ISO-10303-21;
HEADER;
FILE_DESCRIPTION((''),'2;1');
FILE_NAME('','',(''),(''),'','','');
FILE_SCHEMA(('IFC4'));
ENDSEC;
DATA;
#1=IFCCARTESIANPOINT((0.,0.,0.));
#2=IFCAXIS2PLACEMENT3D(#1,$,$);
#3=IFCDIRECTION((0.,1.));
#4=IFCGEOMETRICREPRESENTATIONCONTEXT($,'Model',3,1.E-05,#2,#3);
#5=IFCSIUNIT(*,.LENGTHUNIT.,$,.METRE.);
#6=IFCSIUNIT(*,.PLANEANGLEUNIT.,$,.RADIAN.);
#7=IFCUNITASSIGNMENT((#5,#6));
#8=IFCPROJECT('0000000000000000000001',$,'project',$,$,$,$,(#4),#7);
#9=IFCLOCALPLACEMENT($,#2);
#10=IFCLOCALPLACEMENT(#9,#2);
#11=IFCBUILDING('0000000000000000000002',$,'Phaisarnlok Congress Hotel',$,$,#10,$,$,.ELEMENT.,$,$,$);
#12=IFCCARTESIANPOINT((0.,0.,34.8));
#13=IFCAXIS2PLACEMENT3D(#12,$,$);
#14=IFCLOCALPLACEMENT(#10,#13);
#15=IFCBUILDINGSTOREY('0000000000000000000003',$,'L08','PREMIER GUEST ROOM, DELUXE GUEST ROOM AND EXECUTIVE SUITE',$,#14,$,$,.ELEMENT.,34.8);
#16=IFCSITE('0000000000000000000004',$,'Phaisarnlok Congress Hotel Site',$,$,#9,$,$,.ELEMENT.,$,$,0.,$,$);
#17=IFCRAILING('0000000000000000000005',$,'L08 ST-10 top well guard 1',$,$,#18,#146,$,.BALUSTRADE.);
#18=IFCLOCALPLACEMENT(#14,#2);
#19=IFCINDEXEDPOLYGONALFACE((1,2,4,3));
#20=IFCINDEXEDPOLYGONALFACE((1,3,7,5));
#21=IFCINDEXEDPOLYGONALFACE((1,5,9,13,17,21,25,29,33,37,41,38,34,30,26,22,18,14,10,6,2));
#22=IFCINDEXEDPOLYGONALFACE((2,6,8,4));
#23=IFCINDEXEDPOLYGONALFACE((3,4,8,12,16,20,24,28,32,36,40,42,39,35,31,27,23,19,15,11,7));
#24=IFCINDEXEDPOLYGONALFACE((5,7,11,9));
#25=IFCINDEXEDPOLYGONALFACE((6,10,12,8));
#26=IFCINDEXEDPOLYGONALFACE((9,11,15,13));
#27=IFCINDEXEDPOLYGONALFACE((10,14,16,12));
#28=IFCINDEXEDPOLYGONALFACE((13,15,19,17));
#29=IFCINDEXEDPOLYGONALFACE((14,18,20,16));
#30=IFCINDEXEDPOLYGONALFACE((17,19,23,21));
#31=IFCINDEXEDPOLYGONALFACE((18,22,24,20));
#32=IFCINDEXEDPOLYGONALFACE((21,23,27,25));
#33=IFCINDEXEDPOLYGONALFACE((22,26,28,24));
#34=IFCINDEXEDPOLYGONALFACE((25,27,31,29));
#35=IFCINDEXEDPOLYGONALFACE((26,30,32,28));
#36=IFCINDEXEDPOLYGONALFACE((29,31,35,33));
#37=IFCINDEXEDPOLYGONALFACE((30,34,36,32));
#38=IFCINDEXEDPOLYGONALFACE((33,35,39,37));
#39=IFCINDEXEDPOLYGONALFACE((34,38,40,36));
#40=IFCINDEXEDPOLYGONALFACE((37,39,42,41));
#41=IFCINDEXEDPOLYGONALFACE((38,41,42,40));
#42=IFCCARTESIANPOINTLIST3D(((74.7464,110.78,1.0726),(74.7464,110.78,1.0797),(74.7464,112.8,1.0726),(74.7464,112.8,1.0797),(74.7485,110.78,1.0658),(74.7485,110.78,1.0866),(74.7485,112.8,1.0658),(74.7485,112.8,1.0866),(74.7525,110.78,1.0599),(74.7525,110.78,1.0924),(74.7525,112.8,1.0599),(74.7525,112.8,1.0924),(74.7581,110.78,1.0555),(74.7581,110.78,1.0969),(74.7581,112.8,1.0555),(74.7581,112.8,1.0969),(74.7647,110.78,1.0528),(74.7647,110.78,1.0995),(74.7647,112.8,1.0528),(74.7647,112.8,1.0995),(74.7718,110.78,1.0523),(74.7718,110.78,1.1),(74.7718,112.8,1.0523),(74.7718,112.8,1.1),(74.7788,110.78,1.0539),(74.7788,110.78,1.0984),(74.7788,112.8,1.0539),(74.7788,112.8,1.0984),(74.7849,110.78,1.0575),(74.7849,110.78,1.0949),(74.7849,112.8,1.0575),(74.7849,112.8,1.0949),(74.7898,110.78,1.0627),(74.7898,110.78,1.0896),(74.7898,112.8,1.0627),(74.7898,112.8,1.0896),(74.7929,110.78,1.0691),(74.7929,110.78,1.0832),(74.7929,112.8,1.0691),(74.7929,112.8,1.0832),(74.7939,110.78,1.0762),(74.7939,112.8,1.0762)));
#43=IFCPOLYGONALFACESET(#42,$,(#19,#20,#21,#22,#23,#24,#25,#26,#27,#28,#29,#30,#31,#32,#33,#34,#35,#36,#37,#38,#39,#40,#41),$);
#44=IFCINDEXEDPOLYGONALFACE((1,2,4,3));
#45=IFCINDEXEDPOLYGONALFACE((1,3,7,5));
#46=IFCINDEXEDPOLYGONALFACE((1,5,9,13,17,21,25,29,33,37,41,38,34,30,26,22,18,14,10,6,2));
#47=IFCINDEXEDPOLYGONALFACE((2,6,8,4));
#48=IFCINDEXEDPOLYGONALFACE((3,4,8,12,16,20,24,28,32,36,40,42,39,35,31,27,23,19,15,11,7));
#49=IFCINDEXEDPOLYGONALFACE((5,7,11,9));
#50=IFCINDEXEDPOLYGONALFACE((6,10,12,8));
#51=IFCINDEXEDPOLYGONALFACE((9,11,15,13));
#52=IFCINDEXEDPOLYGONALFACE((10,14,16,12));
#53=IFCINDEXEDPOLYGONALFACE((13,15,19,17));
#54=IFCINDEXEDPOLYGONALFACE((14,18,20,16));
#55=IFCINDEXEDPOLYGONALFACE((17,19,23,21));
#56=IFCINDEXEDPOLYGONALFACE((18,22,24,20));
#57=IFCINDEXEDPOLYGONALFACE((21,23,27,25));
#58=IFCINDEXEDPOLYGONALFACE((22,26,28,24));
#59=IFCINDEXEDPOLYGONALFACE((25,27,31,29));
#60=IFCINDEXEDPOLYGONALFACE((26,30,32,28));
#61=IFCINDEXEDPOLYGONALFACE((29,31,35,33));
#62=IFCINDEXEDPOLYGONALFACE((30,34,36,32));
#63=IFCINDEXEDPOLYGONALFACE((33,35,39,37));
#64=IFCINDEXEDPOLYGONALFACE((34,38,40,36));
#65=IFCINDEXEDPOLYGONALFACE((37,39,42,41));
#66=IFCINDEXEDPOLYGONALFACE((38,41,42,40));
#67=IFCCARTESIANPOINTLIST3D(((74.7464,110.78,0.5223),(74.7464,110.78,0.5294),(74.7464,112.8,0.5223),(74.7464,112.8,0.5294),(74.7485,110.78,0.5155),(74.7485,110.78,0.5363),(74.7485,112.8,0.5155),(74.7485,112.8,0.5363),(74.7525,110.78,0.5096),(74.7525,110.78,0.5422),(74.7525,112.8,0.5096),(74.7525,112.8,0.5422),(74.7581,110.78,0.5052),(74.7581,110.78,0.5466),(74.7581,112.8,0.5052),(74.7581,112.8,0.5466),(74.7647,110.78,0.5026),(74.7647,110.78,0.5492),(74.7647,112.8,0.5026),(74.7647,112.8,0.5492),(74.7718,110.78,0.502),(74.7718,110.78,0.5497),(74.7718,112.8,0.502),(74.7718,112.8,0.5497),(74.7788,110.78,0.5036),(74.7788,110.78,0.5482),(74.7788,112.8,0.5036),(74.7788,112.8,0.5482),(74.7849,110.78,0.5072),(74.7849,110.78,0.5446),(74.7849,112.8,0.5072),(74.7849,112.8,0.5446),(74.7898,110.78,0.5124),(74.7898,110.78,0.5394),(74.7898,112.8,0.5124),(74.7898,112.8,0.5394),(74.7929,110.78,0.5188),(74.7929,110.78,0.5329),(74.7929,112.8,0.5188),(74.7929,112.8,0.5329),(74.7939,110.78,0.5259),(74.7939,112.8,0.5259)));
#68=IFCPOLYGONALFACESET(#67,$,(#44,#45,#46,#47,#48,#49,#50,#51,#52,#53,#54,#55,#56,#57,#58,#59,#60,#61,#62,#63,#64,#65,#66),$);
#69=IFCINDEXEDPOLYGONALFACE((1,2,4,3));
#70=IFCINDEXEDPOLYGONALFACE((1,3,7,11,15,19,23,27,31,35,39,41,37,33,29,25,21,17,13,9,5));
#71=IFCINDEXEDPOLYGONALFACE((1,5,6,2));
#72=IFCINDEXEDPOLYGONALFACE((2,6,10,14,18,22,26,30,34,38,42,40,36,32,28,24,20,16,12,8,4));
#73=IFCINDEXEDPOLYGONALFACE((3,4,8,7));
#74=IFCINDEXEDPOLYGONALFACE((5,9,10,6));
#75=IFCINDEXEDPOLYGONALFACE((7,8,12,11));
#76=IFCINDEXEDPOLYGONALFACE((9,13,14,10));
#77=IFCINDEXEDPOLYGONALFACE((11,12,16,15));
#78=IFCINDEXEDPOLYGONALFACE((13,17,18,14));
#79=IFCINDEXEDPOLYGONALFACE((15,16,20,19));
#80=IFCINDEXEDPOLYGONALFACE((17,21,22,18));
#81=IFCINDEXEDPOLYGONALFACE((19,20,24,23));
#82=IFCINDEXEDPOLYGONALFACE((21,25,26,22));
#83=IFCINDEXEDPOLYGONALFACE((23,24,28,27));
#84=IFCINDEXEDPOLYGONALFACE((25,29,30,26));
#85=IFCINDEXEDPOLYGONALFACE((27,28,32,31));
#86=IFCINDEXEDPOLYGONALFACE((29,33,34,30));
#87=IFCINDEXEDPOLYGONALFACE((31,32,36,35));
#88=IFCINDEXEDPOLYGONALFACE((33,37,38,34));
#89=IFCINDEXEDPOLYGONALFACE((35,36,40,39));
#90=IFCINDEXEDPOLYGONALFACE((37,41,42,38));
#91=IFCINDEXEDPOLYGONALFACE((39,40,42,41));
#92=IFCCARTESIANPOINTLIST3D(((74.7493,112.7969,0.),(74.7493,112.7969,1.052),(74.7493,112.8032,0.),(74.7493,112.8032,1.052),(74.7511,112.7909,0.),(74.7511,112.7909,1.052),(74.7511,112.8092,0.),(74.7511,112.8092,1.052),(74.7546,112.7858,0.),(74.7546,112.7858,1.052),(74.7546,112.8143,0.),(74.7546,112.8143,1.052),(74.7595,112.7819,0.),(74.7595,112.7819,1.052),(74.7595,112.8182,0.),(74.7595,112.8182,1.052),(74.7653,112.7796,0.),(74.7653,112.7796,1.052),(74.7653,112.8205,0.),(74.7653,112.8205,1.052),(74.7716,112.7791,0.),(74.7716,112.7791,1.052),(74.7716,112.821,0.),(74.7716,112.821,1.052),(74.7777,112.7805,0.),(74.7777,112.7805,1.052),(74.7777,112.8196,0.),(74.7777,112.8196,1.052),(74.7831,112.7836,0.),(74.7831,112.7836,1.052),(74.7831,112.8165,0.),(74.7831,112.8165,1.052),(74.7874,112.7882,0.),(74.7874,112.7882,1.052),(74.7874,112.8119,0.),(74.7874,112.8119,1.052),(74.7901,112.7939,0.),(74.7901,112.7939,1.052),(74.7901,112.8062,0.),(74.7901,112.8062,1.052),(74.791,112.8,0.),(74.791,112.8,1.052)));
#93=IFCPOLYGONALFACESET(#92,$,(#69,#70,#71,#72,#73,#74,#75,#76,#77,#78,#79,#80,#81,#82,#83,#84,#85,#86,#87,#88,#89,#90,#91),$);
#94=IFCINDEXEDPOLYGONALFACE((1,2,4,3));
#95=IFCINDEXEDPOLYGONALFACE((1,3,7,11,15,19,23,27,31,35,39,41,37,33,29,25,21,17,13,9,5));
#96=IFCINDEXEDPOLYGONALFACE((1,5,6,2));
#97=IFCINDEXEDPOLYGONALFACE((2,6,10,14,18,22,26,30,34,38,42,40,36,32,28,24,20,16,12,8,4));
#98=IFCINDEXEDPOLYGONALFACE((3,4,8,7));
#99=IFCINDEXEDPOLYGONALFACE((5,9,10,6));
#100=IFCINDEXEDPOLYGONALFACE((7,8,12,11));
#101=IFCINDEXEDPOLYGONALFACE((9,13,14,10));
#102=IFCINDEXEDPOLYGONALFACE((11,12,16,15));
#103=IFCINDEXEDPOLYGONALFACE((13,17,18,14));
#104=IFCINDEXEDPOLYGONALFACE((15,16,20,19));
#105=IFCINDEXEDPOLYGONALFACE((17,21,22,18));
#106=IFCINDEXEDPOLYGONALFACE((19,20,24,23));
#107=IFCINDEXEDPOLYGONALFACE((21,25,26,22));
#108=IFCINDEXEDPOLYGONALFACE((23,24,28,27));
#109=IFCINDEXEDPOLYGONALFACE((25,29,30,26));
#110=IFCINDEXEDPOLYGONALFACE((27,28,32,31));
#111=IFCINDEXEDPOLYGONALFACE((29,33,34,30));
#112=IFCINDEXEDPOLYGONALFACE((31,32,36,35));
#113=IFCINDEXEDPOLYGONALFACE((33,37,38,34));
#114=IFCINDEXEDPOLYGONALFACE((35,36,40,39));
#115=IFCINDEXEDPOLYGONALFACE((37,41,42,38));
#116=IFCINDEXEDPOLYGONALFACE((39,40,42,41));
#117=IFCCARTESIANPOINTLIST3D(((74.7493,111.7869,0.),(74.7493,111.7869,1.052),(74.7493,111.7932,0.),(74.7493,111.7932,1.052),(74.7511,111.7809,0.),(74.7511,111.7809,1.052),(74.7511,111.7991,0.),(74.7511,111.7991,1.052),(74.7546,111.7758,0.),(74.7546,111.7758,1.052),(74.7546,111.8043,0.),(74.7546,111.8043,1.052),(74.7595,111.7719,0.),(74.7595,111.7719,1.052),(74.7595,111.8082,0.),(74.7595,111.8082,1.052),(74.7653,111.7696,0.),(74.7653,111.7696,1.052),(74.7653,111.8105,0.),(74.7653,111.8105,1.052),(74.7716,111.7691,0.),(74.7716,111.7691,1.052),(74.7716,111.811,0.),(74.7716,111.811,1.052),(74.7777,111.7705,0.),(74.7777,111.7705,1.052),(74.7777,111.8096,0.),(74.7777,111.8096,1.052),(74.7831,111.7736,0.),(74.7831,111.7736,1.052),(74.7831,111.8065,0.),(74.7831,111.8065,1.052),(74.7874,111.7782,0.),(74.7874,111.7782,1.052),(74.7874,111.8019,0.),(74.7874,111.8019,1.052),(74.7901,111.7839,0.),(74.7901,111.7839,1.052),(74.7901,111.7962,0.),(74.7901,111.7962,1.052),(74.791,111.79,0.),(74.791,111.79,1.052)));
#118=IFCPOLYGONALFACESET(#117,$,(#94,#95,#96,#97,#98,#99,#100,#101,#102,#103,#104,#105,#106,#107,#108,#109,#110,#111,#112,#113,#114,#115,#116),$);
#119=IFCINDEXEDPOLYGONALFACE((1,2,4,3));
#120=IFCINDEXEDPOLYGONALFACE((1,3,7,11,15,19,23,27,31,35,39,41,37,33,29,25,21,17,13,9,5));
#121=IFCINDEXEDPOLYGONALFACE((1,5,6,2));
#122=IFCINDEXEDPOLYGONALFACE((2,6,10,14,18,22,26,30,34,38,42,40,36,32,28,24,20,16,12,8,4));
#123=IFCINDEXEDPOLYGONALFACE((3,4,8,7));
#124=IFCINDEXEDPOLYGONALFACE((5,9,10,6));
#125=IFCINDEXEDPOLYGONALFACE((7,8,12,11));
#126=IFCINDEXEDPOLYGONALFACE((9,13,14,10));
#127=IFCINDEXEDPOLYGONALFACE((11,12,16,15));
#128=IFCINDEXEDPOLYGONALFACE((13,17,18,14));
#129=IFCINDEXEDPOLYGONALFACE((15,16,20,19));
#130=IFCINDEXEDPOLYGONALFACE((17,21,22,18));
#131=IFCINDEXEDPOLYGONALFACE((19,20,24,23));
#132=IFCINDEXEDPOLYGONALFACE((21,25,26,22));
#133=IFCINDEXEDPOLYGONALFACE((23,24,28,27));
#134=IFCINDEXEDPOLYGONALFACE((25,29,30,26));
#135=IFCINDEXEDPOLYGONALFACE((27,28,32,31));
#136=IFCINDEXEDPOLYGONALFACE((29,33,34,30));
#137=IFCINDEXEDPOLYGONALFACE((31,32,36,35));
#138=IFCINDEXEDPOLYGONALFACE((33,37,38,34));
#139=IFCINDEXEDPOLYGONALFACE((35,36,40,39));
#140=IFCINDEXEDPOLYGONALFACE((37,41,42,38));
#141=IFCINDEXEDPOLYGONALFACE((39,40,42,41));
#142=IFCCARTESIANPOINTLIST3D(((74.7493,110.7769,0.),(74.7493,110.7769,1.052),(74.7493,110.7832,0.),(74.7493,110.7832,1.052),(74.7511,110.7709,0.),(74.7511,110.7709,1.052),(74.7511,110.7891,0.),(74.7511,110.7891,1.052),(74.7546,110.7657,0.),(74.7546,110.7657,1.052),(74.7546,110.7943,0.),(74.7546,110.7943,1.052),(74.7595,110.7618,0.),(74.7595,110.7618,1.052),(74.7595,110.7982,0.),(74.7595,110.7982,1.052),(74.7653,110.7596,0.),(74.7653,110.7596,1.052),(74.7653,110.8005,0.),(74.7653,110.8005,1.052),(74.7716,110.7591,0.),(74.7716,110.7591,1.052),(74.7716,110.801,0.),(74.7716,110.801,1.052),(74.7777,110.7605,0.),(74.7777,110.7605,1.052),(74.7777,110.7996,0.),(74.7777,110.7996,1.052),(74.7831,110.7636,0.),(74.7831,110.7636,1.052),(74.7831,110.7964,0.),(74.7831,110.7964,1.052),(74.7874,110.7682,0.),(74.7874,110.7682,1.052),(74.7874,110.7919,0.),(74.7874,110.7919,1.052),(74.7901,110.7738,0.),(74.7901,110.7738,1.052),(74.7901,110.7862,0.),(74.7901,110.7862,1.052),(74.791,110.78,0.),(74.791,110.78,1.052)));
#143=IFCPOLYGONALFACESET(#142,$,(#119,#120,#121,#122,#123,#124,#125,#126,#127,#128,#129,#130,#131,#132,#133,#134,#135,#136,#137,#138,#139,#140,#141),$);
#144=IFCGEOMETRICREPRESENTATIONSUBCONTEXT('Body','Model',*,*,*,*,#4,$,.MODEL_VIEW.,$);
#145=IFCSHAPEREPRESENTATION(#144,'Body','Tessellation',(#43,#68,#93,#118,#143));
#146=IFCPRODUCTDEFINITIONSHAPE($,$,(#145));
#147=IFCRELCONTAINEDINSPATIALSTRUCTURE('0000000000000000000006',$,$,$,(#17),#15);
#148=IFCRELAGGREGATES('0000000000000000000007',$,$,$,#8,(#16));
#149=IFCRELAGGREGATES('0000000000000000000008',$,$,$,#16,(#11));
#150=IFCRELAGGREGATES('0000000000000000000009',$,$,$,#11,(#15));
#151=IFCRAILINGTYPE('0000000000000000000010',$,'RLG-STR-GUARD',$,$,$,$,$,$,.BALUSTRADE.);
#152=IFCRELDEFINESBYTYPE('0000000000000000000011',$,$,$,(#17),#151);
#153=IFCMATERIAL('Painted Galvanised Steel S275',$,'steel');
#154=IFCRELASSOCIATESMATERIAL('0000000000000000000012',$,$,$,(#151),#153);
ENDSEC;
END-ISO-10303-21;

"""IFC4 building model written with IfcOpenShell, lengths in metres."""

from ifc_helpers import new_model, si_unit, direction, frame, origin, origin_2d, place, context, subcontext, project, spatial, circle, extrude, material, type_object, element, save


model = new_model("IFC4")

# Units and contexts
model_context = context("Model", 3, precision=1e-05, world=origin(), true_north=direction((0.0, 1.0)))
body_context = subcontext(model_context, "Body", "Model", "MODEL_VIEW")
ifc_project = project(units=[si_unit("LENGTHUNIT", "METRE"), si_unit("PLANEANGLEUNIT", "RADIAN")], contexts=[model_context])

# Site, building, storey
site_placement = place(None, origin())
site = spatial("IfcSite", under=ifc_project, at=site_placement, Name="Phaisarnlok Congress Hotel Site", CompositionType="ELEMENT", RefElevation=0.0)
building_placement = place(site_placement, origin())
building = spatial("IfcBuilding", under=site, at=building_placement, Name="Phaisarnlok Congress Hotel", CompositionType="ELEMENT")
storey_placement = place(building_placement, frame((0.0, 0.0, 34.8)))
storey = spatial("IfcBuildingStorey", under=building, at=storey_placement, Name="L08", Description="PREMIER GUEST ROOM, DELUXE GUEST ROOM AND EXECUTIVE SUITE", CompositionType="ELEMENT", Elevation=34.8)

# Railing
ifc_material_1 = material(Name="Painted Galvanised Steel S275", Category="steel")
railing_type = type_object("IfcRailingType", Name="RLG-STR-GUARD", PredefinedType="BALUSTRADE", material=ifc_material_1)
railing_placement = place(storey_placement, frame((74.77, 112.8, 0.0)))
element("IfcRailing", 1, at=railing_placement, inside=storey, type_object=railing_type, Name="L08 ST-10 top well guard 1", PredefinedType="BALUSTRADE", context=body_context, shape_type="SweptSolid", body=[
    extrude(circle(Radius=0.0239, at=origin_2d()), frame((0.0, 0.0, 1.0762), z_axis=(0.0, -1.0, 0.0), x_axis=(1.0, 0.0, 0.0)), (0.0, 0.0, 1.0), 2.02),
    extrude(circle(Radius=0.0239, at=origin_2d()), frame((0.0, 0.0, 0.5259), z_axis=(0.0, -1.0, 0.0), x_axis=(1.0, 0.0, 0.0)), (0.0, 0.0, 1.0), 2.02),
    extrude(circle(Radius=0.021, at=origin_2d()), origin(), (0.0, 0.0, 1.0), 1.052),
    extrude(circle(Radius=0.021, at=origin_2d()), frame((0.0, -1.01, 0.0)), (0.0, 0.0, 1.0), 1.052),
    extrude(circle(Radius=0.021, at=origin_2d()), frame((0.0, -2.02, 0.0)), (0.0, 0.0, 1.0), 1.052),
])

save(model, "model.ifc")
